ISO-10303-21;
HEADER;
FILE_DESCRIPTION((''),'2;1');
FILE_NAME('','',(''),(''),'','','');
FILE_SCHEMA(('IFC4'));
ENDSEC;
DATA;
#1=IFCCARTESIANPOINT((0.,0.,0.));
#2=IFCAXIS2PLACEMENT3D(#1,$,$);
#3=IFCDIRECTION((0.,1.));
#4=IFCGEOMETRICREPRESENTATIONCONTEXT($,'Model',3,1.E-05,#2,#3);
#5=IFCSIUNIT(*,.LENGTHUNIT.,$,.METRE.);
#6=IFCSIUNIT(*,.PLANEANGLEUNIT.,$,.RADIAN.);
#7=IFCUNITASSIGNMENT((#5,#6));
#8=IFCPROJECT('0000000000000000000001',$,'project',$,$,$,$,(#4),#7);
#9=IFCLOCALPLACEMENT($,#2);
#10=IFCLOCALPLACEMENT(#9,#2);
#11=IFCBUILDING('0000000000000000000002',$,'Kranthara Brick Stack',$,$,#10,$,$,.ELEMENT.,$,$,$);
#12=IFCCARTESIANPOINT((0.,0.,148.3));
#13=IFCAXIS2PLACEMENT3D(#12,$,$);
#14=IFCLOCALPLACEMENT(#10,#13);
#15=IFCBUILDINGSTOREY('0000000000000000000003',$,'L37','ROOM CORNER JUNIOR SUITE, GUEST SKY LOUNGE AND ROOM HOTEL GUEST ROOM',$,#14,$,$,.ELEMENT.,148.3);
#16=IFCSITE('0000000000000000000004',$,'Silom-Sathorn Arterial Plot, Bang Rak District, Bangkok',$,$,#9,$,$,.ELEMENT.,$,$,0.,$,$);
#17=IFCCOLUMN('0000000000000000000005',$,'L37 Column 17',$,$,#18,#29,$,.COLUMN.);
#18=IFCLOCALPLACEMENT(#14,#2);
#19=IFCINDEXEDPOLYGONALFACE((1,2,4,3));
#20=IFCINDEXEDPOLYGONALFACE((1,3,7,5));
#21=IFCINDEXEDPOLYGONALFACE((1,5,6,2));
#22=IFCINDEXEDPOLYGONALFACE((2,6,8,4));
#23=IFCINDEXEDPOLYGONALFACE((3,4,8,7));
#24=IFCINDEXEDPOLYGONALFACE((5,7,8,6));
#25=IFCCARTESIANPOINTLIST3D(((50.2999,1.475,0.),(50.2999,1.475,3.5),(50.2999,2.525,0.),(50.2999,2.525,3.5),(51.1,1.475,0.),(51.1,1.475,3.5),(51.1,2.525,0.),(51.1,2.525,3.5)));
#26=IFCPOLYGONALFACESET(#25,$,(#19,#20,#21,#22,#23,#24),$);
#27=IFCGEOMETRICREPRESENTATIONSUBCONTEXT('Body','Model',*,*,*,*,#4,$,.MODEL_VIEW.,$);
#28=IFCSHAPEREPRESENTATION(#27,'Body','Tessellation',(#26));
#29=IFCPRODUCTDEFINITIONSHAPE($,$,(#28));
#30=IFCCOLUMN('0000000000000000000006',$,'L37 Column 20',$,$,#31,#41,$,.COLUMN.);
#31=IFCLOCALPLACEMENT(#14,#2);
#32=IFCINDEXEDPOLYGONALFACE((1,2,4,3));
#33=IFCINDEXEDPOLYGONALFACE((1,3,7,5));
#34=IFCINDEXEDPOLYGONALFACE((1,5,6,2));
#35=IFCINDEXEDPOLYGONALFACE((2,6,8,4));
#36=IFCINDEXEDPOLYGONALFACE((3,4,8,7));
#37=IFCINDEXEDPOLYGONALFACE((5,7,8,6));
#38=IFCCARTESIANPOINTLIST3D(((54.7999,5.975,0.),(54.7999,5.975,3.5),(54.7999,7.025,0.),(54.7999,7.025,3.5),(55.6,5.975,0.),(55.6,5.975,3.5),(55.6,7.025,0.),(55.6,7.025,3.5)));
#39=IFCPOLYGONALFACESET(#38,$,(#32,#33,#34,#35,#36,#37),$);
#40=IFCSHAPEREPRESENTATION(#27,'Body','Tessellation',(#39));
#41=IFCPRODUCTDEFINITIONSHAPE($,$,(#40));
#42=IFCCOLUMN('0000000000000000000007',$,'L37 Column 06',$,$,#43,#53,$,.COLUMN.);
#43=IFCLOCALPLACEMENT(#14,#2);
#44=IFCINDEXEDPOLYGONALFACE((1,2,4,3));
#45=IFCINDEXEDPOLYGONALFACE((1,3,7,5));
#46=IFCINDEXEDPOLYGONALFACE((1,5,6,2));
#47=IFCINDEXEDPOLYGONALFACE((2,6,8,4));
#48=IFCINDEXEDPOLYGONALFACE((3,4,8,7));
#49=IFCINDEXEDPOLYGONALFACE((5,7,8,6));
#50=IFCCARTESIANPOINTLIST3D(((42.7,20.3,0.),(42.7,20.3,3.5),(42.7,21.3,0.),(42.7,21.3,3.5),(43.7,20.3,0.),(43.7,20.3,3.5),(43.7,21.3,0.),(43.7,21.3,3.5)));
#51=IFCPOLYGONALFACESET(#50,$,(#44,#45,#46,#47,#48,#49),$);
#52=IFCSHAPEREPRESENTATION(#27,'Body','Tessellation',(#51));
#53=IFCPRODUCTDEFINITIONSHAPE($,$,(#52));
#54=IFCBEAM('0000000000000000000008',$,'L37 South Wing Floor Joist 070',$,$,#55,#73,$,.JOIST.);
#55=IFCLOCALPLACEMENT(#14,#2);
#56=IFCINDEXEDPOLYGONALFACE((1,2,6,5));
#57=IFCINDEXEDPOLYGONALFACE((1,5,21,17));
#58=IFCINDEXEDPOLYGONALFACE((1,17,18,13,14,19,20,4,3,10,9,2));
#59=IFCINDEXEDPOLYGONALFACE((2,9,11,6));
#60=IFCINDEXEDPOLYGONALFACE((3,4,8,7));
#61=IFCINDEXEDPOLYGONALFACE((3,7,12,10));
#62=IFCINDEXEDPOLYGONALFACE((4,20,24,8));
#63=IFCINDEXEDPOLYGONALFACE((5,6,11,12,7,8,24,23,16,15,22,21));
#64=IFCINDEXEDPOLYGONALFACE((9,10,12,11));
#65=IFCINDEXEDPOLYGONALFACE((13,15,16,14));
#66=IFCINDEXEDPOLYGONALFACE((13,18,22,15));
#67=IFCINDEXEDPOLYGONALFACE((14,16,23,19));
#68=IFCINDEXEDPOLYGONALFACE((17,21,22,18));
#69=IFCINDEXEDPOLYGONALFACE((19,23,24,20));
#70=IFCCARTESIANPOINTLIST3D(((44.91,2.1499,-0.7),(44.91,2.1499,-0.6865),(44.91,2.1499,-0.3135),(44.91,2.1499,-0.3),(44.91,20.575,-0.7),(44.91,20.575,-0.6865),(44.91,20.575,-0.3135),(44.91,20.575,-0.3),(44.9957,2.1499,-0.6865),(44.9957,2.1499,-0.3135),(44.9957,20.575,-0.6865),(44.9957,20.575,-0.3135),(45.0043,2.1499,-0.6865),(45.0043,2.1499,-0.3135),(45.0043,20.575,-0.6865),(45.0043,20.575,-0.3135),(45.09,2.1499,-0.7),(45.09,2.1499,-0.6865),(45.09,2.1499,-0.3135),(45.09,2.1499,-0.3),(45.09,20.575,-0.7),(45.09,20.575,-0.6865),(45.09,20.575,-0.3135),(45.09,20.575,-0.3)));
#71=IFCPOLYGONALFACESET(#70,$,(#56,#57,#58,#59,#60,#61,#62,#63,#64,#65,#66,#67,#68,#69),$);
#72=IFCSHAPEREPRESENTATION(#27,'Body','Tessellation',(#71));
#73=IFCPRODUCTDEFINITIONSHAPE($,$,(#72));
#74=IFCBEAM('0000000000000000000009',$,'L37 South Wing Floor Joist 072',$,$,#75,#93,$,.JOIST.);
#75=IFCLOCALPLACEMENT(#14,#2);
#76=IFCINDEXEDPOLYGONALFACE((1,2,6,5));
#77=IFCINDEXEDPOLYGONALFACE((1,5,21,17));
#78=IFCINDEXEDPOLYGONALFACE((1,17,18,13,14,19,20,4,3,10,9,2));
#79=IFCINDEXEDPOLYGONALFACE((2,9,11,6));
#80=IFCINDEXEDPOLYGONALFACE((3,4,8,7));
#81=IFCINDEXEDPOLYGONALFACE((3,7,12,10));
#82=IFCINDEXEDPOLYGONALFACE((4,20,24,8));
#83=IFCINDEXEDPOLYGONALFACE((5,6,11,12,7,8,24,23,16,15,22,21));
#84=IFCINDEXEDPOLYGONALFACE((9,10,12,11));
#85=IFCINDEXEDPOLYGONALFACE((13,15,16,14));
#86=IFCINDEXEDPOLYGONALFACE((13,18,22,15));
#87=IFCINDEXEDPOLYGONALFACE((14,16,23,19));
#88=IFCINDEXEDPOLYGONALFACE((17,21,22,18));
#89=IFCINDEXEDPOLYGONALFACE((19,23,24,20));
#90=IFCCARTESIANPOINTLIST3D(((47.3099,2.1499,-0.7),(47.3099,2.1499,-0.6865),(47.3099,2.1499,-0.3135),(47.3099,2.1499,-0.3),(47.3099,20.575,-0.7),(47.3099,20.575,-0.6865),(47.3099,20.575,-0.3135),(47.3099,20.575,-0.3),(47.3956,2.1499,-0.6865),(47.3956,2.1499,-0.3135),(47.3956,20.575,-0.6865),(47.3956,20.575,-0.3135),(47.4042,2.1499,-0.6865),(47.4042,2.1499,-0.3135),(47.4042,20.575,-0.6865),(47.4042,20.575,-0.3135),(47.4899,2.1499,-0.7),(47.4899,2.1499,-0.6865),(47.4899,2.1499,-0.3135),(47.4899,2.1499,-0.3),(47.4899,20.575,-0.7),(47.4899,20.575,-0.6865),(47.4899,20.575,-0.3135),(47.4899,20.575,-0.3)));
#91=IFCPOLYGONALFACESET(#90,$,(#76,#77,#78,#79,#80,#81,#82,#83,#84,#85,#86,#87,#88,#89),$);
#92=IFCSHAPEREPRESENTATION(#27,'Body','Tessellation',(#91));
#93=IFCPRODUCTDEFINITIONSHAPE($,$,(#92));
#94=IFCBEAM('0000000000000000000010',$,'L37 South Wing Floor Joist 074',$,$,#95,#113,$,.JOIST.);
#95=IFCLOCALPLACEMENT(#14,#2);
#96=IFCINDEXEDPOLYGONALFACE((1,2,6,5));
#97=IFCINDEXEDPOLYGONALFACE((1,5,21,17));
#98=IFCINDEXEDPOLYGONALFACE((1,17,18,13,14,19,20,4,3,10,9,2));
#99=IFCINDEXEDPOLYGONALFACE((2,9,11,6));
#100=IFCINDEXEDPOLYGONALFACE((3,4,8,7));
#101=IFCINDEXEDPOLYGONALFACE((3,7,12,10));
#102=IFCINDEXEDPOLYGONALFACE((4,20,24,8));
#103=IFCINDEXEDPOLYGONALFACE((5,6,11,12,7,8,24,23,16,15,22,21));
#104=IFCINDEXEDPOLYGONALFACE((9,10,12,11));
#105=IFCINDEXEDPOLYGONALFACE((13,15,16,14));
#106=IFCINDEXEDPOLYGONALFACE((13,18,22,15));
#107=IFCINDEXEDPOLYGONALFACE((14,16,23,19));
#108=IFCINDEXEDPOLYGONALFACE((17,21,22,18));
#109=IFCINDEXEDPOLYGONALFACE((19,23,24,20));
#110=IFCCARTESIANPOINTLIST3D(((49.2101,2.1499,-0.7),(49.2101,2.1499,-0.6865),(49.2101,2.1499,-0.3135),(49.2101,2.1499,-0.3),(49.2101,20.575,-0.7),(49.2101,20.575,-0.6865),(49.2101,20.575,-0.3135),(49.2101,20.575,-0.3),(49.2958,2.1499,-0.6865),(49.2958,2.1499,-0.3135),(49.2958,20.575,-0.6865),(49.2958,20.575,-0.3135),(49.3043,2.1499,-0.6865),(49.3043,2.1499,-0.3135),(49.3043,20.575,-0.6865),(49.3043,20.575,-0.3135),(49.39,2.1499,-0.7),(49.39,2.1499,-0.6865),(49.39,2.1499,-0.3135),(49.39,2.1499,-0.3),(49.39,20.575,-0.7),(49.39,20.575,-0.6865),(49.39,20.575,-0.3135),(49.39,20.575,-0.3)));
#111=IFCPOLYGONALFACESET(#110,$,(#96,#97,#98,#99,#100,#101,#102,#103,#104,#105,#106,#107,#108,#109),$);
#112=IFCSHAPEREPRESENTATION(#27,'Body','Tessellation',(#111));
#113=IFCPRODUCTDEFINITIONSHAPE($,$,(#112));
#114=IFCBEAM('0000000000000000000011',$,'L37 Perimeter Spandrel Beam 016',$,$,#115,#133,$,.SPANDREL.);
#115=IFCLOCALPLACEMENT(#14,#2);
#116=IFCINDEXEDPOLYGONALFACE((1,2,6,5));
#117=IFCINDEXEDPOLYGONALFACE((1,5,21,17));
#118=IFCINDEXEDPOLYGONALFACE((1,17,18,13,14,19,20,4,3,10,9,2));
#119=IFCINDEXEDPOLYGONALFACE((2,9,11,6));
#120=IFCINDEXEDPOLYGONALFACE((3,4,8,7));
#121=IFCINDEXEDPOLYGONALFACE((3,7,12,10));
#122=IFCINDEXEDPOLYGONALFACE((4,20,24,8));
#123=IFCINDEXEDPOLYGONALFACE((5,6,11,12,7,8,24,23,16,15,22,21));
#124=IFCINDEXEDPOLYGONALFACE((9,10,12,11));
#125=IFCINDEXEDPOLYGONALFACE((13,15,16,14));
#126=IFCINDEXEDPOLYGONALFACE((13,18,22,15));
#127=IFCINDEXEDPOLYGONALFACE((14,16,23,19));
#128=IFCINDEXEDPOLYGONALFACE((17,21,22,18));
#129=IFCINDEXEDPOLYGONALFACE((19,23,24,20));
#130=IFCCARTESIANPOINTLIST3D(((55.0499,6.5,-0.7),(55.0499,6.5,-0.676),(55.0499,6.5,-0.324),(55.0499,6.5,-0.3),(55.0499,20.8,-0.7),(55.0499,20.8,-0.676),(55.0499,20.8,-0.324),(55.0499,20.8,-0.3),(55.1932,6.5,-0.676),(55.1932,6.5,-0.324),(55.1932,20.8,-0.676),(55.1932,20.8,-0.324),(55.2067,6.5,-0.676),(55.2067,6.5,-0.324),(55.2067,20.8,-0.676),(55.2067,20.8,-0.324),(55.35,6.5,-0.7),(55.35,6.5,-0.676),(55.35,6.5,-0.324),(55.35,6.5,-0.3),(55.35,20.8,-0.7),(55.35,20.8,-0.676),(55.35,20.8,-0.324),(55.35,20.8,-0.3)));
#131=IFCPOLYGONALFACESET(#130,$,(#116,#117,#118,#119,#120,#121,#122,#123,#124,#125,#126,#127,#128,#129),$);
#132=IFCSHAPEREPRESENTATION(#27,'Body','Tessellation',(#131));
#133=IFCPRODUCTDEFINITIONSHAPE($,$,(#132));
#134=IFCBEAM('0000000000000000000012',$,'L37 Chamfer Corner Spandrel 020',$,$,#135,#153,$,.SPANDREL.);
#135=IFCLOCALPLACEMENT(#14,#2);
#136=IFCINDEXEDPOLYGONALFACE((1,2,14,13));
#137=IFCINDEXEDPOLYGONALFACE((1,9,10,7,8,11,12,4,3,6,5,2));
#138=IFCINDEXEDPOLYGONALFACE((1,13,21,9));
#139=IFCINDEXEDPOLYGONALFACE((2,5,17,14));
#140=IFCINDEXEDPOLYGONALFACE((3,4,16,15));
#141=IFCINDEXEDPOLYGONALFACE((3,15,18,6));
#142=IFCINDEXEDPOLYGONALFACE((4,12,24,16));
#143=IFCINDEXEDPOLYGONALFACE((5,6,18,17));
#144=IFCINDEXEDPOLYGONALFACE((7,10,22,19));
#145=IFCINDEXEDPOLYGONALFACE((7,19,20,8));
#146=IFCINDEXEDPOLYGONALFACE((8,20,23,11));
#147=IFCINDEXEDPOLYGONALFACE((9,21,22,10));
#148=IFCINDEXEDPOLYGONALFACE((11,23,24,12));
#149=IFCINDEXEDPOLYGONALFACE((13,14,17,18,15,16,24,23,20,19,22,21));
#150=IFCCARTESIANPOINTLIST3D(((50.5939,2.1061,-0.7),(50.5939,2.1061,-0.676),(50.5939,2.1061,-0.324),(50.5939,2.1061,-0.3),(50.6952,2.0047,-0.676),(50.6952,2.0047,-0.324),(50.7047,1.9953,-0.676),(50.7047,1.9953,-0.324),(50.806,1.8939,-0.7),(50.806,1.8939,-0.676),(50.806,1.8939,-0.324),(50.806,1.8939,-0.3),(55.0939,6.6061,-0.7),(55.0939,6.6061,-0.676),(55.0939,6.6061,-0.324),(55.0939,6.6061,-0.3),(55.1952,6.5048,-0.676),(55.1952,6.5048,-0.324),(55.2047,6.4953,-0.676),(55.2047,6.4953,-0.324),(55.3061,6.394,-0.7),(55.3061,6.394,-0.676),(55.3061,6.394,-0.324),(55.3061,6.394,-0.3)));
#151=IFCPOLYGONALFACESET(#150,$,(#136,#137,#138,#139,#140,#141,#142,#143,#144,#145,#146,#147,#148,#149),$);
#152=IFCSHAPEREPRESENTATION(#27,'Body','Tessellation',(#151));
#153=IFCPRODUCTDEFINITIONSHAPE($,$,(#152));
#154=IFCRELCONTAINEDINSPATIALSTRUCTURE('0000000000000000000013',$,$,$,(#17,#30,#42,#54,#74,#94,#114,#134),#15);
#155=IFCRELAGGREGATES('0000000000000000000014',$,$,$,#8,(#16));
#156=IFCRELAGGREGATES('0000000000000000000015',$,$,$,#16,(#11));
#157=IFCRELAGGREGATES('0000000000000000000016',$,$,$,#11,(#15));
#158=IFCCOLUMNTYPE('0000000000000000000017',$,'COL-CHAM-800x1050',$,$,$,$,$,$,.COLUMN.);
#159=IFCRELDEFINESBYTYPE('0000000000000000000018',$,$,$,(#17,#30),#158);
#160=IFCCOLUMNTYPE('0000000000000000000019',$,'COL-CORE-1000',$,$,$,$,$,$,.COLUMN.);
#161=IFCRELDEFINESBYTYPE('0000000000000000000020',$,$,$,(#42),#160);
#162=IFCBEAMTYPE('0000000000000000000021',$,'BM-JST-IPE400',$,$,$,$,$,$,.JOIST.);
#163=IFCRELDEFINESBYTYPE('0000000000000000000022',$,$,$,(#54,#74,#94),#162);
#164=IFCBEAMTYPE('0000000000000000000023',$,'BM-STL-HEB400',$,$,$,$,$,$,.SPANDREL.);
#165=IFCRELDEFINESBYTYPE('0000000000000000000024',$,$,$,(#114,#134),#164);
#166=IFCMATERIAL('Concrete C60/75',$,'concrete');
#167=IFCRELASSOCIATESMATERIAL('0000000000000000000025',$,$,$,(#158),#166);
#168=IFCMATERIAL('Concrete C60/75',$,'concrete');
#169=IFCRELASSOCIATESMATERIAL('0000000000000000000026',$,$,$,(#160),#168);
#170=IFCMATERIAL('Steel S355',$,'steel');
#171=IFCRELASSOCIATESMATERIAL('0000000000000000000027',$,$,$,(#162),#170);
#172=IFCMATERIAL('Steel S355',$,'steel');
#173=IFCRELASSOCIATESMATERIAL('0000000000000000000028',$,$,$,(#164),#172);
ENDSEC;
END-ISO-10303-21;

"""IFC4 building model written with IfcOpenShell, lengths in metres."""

from ifc_helpers import new_model, si_unit, direction, frame, origin, origin_2d, place, context, subcontext, project, spatial, rectangle, i_section, extrude, material, material_profile, profile_set, type_object, element, save


model = new_model("IFC4")

# Units and contexts
model_context = context("Model", 3, precision=1e-05, world=origin(), true_north=direction((0.0, 1.0)))
body_context = subcontext(model_context, "Body", "Model", "MODEL_VIEW")
ifc_project = project(units=[si_unit("LENGTHUNIT", "METRE"), si_unit("PLANEANGLEUNIT", "RADIAN")], contexts=[model_context])

# Site, building, storey
site_placement = place(None, origin())
site = spatial("IfcSite", under=ifc_project, at=site_placement, Name="Silom-Sathorn Arterial Plot, Bang Rak District, Bangkok", CompositionType="ELEMENT", RefElevation=0.0)
building_placement = place(site_placement, origin())
building = spatial("IfcBuilding", under=site, at=building_placement, Name="Kranthara Brick Stack", CompositionType="ELEMENT")
storey_placement = place(building_placement, frame((0.0, 0.0, 148.3)))
storey = spatial("IfcBuildingStorey", under=building, at=storey_placement, Name="L37", Description="ROOM CORNER JUNIOR SUITE, GUEST SKY LOUNGE AND ROOM HOTEL GUEST ROOM", CompositionType="ELEMENT", Elevation=148.3)

# Columns
ifc_material_1 = material(Name="Concrete C60/75", Category="concrete")
ifc_material_profile_1 = material_profile(ifc_material_1, rectangle(XDim=0.8, YDim=1.05, at=origin_2d()), Name="RC 800x1050")
ifc_profile_set_1 = profile_set([ifc_material_profile_1], Name="Concrete C60/75")
column_type_1 = type_object("IfcColumnType", Name="COL-CHAM-800x1050", PredefinedType="COLUMN", material=ifc_profile_set_1)
for number, where, z_axis, x_axis, name in (
    (1, (50.7, 2.0, 0.0), (0.0, 0.0, 1.0), (1.0, 0.0, 0.0), "L37 Column 17"),
    (2, (55.2, 6.5, 0.0), (0.0, 0.0, 1.0), (1.0, 0.0, 0.0), "L37 Column 20"),
):
    element("IfcColumn", number, at=place(storey_placement, frame(where, z_axis=z_axis, x_axis=x_axis)), inside=storey, type_object=column_type_1, Name=name, PredefinedType="COLUMN", context=body_context, shape_type="SweptSolid", body=[
        extrude(rectangle(XDim=0.8, YDim=1.05, at=origin_2d()), origin(), (0.0, 0.0, 1.0), 3.5),
    ])
ifc_material_2 = material(Name="Concrete C60/75", Category="concrete")
ifc_material_profile_2 = material_profile(ifc_material_2, rectangle(XDim=1.0, YDim=1.0, at=origin_2d()), Name="RC 1000x1000")
ifc_profile_set_2 = profile_set([ifc_material_profile_2], Name="Concrete C60/75")
column_type_2 = type_object("IfcColumnType", Name="COL-CORE-1000", PredefinedType="COLUMN", material=ifc_profile_set_2)
column_placement = place(storey_placement, frame((43.2, 20.8, 0.0), z_axis=(0.0, 0.0, 1.0), x_axis=(1.0, 0.0, 0.0)))
element("IfcColumn", 3, at=column_placement, inside=storey, type_object=column_type_2, Name="L37 Column 06", PredefinedType="COLUMN", context=body_context, shape_type="SweptSolid", body=[
    extrude(rectangle(XDim=1.0, YDim=1.0, at=origin_2d()), origin(), (0.0, 0.0, 1.0), 3.5),
])

# Beams
ifc_material_3 = material(Name="Steel S355", Category="steel")
ifc_material_profile_3 = material_profile(ifc_material_3, i_section(OverallWidth=0.1799, OverallDepth=0.3999, WebThickness=0.0085, FlangeThickness=0.0134, at=origin_2d()), Name="IPE 400")
ifc_profile_set_3 = profile_set([ifc_material_profile_3], Name="Steel S355")
beam_type_1 = type_object("IfcBeamType", Name="BM-JST-IPE400", PredefinedType="JOIST", material=ifc_profile_set_3)
for number, where, z_axis, x_axis, name in (
    (4, (45.0, 2.1499, -0.5), (0.0, 1.0, 0.0), (-1.0, 0.0, 0.0), "L37 South Wing Floor Joist 070"),
    (5, (47.3999, 2.1499, -0.5), (0.0, 1.0, 0.0), (-1.0, 0.0, 0.0), "L37 South Wing Floor Joist 072"),
    (6, (49.3, 2.1499, -0.5), (0.0, 1.0, 0.0), (-1.0, 0.0, 0.0), "L37 South Wing Floor Joist 074"),
):
    element("IfcBeam", number, at=place(storey_placement, frame(where, z_axis=z_axis, x_axis=x_axis)), inside=storey, type_object=beam_type_1, Name=name, PredefinedType="JOIST", context=body_context, shape_type="SweptSolid", body=[
        extrude(i_section(OverallWidth=0.1799, OverallDepth=0.3999, WebThickness=0.0085, FlangeThickness=0.0134, at=origin_2d()), origin(), (0.0, 0.0, 1.0), 18.425),
    ])
ifc_material_4 = material(Name="Steel S355", Category="steel")
ifc_material_profile_4 = material_profile(ifc_material_4, i_section(OverallWidth=0.3, OverallDepth=0.3999, WebThickness=0.0134, FlangeThickness=0.0239, at=origin_2d()), Name="HEB 400")
ifc_profile_set_4 = profile_set([ifc_material_profile_4], Name="Steel S355")
beam_type_2 = type_object("IfcBeamType", Name="BM-STL-HEB400", PredefinedType="SPANDREL", material=ifc_profile_set_4)
beam_1_placement = place(storey_placement, frame((55.2, 6.5, -0.5), z_axis=(0.0, 1.0, 0.0), x_axis=(-1.0, 0.0, 0.0)))
element("IfcBeam", 7, at=beam_1_placement, inside=storey, type_object=beam_type_2, Name="L37 Perimeter Spandrel Beam 016", PredefinedType="SPANDREL", context=body_context, shape_type="SweptSolid", body=[
    extrude(i_section(OverallWidth=0.3, OverallDepth=0.3999, WebThickness=0.0134, FlangeThickness=0.0239, at=origin_2d()), origin(), (0.0, 0.0, 1.0), 14.3),
])
beam_2_placement = place(storey_placement, frame((50.7, 2.0, -0.5), z_axis=(0.707107, 0.707107, 0.0), x_axis=(-0.707107, 0.707107, 0.0)))
element("IfcBeam", 8, at=beam_2_placement, inside=storey, type_object=beam_type_2, Name="L37 Chamfer Corner Spandrel 020", PredefinedType="SPANDREL", context=body_context, shape_type="SweptSolid", body=[
    extrude(i_section(OverallWidth=0.3, OverallDepth=0.3999, WebThickness=0.0134, FlangeThickness=0.0239, at=origin_2d()), origin(), (0.0, 0.0, 1.0), 6.364),
])

save(model, "model.ifc")
